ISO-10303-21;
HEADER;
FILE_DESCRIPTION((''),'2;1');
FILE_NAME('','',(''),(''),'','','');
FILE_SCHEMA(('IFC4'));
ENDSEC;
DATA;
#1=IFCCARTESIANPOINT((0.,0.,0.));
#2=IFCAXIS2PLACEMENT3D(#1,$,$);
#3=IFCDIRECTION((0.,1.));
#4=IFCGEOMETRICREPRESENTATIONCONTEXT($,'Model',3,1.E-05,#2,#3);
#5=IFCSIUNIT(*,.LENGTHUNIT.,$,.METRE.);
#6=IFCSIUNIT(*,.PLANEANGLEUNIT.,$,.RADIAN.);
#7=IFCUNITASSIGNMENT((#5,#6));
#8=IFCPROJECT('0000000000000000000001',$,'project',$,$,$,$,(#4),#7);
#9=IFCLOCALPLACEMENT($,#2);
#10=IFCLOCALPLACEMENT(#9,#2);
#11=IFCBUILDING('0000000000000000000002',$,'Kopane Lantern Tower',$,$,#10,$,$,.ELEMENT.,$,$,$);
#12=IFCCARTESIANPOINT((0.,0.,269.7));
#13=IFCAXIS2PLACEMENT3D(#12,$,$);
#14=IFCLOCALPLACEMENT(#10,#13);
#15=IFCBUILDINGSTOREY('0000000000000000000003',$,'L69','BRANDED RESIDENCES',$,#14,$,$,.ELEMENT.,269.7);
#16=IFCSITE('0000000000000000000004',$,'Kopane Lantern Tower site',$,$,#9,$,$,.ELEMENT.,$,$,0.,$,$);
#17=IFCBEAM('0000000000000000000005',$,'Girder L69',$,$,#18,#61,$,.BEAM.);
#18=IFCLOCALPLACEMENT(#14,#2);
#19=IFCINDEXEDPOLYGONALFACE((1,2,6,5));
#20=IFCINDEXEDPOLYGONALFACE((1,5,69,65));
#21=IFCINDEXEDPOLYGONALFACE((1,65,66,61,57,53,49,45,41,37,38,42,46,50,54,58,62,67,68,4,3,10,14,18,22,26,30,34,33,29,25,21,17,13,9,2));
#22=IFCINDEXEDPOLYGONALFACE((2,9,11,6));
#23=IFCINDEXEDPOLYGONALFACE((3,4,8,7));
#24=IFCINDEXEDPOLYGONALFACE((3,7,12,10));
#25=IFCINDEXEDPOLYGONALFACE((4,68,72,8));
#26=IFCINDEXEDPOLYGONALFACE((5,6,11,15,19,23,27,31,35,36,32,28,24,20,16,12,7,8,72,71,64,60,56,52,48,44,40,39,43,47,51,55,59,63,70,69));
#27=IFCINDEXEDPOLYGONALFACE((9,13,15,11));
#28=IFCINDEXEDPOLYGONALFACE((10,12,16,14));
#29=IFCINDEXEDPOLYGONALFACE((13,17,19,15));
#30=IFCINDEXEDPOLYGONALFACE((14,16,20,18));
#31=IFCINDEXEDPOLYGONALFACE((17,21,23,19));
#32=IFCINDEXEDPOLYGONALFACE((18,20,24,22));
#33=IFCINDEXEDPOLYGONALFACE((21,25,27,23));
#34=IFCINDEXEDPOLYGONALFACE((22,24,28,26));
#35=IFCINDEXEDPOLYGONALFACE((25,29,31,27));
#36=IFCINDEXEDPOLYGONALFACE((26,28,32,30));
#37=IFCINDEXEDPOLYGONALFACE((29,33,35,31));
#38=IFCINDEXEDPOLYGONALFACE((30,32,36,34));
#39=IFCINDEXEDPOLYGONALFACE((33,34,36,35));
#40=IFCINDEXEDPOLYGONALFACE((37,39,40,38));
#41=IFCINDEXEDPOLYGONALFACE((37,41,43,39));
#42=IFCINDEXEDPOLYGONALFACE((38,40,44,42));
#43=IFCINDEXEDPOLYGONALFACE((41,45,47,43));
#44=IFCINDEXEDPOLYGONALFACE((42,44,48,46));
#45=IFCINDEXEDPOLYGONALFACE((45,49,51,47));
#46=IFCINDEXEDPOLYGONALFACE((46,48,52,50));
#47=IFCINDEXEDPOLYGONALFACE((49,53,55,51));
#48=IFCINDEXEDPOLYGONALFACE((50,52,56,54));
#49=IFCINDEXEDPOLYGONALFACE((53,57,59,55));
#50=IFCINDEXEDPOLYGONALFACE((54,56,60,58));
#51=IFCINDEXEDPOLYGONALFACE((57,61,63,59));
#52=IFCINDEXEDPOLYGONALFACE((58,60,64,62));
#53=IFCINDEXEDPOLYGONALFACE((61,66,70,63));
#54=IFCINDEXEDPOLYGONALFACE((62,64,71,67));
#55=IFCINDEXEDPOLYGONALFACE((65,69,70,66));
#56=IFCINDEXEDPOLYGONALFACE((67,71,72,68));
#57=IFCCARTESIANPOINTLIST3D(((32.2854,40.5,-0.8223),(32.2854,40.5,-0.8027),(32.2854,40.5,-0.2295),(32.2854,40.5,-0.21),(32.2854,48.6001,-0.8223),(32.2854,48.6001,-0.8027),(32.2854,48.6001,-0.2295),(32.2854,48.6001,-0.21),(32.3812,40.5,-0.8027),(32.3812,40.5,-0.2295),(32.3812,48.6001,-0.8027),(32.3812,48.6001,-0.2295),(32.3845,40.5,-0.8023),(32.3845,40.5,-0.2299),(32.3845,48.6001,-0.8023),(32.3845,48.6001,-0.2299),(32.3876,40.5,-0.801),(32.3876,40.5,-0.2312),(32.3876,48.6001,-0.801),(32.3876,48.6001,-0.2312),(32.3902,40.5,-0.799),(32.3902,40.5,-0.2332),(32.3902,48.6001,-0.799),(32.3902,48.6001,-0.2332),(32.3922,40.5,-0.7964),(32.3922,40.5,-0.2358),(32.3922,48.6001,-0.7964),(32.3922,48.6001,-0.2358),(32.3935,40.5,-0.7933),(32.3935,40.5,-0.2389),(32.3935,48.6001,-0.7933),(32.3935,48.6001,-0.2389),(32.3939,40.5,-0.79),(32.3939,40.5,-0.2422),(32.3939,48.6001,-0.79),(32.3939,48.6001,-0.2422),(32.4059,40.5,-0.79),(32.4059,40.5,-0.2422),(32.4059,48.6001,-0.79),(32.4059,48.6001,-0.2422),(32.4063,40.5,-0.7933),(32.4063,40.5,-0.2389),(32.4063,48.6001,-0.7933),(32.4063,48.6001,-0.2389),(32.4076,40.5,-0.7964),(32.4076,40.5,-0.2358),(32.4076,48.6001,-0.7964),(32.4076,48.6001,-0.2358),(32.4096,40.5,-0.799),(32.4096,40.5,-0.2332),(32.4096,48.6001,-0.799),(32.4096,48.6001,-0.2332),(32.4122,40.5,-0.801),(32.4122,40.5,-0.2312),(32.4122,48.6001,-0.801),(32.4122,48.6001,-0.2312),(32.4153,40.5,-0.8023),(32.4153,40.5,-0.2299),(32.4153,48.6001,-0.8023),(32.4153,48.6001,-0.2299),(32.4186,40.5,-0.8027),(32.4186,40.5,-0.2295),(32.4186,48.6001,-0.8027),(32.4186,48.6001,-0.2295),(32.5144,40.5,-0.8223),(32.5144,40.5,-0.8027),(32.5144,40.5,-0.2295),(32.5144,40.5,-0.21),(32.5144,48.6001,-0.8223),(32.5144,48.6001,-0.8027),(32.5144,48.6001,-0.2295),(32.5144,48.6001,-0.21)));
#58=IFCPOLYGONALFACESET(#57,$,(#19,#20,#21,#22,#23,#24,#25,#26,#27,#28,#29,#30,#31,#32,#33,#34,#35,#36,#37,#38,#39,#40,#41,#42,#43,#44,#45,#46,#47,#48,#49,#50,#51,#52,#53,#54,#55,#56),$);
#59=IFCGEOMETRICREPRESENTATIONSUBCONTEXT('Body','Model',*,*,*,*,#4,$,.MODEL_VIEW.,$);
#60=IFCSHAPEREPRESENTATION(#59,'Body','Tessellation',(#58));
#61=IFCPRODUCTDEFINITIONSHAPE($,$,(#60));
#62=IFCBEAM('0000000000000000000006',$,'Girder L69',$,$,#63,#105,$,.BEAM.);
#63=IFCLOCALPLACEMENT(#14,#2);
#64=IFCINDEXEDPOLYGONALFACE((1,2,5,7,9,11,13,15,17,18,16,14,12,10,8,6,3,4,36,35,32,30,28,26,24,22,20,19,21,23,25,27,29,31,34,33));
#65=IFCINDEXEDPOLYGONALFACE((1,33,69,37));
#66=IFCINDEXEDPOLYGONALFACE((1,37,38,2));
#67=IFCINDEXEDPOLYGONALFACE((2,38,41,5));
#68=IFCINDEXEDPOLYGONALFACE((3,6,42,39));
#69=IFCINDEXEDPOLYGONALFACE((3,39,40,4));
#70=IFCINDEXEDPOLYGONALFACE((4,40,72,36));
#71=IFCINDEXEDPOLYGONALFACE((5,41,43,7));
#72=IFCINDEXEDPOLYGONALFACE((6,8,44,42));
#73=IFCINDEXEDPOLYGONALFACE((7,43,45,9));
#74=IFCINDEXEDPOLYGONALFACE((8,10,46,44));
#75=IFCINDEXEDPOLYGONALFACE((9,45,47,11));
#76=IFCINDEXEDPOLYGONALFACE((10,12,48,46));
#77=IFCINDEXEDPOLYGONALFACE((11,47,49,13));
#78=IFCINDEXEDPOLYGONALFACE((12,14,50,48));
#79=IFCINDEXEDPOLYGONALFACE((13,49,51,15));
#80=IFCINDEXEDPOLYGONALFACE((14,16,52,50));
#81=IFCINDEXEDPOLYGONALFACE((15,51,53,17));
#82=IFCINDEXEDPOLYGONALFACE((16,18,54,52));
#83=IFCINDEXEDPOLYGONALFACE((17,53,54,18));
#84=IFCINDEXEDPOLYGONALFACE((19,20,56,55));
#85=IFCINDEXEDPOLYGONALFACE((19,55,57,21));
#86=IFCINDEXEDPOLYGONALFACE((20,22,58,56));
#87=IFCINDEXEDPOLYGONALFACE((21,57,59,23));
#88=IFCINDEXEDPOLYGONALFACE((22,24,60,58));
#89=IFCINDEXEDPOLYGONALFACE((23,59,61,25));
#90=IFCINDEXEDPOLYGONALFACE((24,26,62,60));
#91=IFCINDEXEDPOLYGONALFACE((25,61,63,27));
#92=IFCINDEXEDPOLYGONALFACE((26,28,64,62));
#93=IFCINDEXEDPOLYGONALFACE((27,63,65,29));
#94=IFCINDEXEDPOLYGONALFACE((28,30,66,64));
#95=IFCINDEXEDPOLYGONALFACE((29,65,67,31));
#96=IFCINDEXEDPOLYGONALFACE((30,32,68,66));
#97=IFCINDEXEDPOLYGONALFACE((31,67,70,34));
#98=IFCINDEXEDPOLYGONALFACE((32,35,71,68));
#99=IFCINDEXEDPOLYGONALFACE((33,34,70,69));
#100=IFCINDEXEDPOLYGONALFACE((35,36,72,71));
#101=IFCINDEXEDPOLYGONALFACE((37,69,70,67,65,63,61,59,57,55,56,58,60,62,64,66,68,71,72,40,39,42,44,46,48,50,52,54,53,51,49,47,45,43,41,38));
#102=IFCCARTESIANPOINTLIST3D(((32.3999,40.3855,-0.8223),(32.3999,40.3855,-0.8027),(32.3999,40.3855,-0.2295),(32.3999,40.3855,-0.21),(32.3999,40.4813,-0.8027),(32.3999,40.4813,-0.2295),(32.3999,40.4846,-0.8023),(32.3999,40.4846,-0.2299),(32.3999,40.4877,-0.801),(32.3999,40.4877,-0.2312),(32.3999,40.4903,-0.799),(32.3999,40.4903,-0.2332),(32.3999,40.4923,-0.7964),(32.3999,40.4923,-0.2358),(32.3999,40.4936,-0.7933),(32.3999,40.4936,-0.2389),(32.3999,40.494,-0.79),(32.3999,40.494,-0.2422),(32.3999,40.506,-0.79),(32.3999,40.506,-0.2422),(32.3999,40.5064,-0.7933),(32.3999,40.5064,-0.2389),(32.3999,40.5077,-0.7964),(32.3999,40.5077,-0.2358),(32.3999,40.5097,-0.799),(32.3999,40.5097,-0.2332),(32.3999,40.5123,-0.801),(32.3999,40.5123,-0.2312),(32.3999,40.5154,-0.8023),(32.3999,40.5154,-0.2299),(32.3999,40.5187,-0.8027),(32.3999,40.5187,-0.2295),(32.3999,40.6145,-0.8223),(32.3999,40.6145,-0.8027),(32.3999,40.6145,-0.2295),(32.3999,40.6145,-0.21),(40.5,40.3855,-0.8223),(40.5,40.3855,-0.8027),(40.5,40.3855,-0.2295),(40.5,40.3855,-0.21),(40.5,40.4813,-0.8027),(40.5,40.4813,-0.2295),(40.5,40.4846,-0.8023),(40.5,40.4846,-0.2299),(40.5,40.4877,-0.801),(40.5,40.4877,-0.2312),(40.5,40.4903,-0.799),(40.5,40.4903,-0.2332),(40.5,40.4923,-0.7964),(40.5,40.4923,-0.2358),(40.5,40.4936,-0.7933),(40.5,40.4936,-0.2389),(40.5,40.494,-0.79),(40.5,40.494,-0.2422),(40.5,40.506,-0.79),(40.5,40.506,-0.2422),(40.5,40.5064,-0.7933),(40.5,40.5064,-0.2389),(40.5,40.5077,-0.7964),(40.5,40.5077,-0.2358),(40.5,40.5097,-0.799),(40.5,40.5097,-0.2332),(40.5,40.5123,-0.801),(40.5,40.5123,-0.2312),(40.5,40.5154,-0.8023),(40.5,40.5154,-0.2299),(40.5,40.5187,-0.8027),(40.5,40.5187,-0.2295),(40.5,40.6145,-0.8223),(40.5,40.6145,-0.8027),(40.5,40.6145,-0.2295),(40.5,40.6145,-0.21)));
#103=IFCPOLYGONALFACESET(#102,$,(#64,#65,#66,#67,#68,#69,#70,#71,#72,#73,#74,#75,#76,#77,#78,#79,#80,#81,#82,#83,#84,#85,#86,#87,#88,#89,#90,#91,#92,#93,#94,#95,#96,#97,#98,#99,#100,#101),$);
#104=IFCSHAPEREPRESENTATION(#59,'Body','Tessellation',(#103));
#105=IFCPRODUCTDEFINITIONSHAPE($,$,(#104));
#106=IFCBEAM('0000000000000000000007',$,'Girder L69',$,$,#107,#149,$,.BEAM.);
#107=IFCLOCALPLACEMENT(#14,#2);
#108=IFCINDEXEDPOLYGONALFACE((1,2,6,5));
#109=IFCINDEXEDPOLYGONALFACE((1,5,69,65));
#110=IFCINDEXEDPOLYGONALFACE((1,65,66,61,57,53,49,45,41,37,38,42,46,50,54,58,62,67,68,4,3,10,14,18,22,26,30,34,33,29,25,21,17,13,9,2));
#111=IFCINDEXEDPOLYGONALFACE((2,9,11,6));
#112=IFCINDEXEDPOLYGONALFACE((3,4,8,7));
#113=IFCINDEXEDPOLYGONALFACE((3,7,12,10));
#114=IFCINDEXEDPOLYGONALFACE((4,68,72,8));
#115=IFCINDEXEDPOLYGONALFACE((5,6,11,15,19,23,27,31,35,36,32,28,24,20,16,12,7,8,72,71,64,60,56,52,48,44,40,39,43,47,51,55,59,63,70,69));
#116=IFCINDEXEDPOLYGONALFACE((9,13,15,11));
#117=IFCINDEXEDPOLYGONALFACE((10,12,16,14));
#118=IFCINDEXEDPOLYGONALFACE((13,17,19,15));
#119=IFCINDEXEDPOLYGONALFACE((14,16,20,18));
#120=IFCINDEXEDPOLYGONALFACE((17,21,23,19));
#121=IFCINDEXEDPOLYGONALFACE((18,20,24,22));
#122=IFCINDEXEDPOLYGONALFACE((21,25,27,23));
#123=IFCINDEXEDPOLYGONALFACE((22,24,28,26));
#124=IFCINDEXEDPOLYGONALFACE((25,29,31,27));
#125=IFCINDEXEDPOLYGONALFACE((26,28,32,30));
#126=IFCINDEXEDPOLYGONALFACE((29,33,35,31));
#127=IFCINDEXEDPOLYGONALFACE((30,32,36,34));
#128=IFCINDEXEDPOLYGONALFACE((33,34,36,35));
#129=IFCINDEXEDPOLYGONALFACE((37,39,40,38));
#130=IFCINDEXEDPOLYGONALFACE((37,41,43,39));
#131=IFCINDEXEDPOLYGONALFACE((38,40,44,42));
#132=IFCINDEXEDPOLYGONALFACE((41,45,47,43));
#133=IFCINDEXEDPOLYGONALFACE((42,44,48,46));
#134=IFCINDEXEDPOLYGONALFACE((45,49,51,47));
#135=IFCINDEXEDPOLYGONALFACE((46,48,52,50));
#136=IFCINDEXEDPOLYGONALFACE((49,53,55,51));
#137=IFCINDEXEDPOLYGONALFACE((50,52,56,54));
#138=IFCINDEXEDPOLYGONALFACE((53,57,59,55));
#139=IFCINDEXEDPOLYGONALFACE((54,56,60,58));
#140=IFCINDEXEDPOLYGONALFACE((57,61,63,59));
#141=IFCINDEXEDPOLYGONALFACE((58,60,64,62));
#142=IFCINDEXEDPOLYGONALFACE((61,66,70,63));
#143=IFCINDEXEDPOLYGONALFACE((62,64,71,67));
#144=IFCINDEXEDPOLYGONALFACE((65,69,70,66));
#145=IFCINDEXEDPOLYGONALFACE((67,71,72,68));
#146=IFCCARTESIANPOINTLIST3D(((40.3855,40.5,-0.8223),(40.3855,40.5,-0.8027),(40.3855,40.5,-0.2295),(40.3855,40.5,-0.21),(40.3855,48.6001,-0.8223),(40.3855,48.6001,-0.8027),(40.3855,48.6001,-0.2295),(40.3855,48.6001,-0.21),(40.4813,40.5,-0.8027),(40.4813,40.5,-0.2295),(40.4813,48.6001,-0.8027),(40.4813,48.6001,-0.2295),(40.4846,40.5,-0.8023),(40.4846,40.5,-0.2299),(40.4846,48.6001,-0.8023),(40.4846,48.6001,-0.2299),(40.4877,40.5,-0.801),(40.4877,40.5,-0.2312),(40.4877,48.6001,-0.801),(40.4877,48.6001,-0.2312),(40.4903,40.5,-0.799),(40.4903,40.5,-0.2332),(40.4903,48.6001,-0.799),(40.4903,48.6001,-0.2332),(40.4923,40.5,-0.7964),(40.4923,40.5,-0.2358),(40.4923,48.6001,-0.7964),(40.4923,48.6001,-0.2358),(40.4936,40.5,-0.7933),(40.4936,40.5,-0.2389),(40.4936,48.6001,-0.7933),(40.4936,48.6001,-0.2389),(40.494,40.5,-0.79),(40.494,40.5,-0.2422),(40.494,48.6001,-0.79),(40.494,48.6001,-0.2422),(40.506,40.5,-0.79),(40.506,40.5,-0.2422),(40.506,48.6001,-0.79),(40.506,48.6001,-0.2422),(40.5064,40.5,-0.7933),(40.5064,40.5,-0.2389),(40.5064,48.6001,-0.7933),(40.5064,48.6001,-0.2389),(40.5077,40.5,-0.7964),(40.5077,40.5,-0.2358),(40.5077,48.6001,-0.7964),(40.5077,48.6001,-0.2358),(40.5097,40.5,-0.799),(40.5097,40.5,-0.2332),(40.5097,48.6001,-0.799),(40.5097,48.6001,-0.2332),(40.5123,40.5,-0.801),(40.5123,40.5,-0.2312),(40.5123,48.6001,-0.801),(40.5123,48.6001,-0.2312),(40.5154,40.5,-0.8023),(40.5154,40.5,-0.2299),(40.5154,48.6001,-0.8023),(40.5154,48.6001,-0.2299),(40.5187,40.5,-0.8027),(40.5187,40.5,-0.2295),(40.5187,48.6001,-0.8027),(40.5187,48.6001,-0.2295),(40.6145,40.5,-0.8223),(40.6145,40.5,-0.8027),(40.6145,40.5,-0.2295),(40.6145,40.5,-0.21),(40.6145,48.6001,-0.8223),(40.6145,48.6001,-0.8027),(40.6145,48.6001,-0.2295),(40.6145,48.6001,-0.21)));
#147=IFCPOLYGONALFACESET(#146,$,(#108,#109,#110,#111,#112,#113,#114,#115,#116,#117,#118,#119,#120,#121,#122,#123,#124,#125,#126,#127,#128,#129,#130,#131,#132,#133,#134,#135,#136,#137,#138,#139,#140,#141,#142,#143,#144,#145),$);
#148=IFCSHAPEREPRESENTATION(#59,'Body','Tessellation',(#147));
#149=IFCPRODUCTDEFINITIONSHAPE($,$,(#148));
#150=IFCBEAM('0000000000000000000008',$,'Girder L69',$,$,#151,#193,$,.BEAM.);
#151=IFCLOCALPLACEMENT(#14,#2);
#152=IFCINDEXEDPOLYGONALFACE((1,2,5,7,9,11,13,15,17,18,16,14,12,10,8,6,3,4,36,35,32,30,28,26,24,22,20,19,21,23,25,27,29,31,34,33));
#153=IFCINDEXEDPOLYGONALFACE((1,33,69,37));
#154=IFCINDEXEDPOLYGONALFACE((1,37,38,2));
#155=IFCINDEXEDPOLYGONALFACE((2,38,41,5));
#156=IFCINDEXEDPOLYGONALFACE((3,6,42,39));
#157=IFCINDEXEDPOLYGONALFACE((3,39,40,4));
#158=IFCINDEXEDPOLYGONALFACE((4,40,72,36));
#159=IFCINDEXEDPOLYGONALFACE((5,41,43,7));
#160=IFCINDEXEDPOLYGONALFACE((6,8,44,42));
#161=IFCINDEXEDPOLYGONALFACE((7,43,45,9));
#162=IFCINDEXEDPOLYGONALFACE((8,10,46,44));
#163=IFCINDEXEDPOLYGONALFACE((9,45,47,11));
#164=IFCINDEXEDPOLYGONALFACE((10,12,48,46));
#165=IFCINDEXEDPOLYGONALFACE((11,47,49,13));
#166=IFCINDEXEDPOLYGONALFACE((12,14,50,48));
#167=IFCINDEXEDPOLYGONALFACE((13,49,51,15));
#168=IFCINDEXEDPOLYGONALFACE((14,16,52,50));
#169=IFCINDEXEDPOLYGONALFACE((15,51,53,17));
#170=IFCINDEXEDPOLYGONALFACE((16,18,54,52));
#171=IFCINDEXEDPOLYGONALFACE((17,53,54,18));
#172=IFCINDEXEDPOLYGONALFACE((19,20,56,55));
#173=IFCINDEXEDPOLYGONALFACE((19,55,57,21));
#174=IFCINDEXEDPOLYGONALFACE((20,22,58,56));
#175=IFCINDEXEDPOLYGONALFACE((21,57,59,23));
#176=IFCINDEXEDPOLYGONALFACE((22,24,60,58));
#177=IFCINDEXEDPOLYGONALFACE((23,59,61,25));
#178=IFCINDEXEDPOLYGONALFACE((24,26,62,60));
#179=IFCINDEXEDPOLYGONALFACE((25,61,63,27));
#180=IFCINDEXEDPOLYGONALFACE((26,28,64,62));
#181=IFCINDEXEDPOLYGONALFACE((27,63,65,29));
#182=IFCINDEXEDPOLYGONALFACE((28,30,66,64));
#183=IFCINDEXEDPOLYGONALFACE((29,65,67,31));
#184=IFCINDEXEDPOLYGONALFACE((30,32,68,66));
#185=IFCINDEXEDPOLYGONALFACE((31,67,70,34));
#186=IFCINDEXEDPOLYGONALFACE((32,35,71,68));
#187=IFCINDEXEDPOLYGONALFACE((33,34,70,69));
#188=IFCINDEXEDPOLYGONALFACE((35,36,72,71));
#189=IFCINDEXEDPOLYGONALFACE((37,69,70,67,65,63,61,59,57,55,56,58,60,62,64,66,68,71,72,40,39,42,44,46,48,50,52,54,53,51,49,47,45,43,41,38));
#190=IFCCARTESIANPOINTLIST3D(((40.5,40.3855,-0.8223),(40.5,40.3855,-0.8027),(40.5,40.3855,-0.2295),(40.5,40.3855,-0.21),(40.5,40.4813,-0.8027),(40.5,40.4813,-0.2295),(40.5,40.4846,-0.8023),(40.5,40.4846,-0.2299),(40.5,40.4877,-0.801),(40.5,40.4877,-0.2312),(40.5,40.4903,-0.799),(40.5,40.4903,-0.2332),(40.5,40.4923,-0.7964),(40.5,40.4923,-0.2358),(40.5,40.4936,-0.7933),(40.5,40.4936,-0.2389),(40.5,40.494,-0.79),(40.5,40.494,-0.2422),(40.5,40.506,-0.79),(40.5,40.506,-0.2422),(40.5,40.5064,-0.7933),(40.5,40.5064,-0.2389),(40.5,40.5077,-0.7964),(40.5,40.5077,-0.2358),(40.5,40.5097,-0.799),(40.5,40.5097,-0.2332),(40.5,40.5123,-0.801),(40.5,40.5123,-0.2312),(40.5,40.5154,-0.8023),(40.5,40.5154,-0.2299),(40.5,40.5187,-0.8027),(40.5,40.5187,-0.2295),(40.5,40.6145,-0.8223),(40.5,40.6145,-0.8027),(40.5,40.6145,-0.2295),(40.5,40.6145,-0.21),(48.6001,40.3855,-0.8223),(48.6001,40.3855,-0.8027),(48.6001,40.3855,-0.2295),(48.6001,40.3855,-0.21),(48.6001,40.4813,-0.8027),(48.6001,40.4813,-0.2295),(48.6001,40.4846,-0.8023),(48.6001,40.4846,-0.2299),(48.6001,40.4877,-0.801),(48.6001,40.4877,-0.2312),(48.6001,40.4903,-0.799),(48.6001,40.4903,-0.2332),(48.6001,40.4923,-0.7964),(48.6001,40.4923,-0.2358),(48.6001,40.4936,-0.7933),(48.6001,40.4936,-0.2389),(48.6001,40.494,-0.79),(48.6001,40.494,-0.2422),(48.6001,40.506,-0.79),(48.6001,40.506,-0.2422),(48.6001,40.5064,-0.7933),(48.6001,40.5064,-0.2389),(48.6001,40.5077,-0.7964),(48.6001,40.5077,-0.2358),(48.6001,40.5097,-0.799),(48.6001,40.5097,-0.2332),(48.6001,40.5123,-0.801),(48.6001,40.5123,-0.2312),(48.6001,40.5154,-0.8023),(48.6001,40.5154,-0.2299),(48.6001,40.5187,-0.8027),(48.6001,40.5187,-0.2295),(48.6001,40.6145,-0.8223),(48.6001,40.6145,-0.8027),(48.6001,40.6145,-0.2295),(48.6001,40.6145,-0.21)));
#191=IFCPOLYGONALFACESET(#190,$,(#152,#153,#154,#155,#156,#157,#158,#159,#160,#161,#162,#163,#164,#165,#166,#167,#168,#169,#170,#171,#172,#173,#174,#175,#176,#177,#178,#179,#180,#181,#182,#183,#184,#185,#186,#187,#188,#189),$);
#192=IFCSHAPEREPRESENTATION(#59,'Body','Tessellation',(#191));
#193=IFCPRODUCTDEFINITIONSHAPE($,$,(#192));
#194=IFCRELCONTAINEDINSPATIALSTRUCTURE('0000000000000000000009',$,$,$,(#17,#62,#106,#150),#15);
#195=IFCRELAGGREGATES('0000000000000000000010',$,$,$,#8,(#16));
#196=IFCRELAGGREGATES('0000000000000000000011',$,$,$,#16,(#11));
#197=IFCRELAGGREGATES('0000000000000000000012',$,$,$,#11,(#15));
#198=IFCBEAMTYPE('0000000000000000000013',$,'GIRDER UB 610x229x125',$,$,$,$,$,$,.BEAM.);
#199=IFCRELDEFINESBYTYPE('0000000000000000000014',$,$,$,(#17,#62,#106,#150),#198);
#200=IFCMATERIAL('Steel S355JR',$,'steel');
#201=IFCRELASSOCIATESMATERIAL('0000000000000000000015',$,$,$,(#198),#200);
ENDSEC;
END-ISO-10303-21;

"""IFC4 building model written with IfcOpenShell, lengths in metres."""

from ifc_helpers import new_model, si_unit, direction, frame, origin, origin_2d, place, context, subcontext, project, spatial, i_section, extrude, material, material_profile, profile_set, type_object, element, save


model = new_model("IFC4")

# Units and contexts
model_context = context("Model", 3, precision=1e-05, world=origin(), true_north=direction((0.0, 1.0)))
body_context = subcontext(model_context, "Body", "Model", "MODEL_VIEW")
ifc_project = project(units=[si_unit("LENGTHUNIT", "METRE"), si_unit("PLANEANGLEUNIT", "RADIAN")], contexts=[model_context])

# Site, building, storey
site_placement = place(None, origin())
site = spatial("IfcSite", under=ifc_project, at=site_placement, Name="Kopane Lantern Tower site", CompositionType="ELEMENT", RefElevation=0.0)
building_placement = place(site_placement, origin())
building = spatial("IfcBuilding", under=site, at=building_placement, Name="Kopane Lantern Tower", CompositionType="ELEMENT")
storey_placement = place(building_placement, frame((0.0, 0.0, 269.7)))
storey = spatial("IfcBuildingStorey", under=building, at=storey_placement, Name="L69", Description="BRANDED RESIDENCES", CompositionType="ELEMENT", Elevation=269.7)

# Beams
ifc_material_1 = material(Name="Steel S355JR", Category="steel")
ifc_material_profile_1 = material_profile(ifc_material_1, i_section(OverallWidth=0.229, OverallDepth=0.6123, WebThickness=0.012, FlangeThickness=0.0195, FilletRadius=0.0127, at=origin_2d()), Name="UB 610x229x125")
ifc_profile_set_1 = profile_set([ifc_material_profile_1], Name="Steel S355JR")
beam_type = type_object("IfcBeamType", Name="GIRDER UB 610x229x125", PredefinedType="BEAM", material=ifc_profile_set_1)
for number, where, z_axis, x_axis, name in (
    (1, (32.3999, 40.5, -0.5161), (0.0, 1.0, 0.0), (-1.0, 0.0, 0.0), "Girder L69"),
    (2, (32.3999, 40.5, -0.5161), (1.0, 0.0, 0.0), (0.0, 1.0, 0.0), "Girder L69"),
    (3, (40.5, 40.5, -0.5161), (0.0, 1.0, 0.0), (-1.0, 0.0, 0.0), "Girder L69"),
    (4, (40.5, 40.5, -0.5161), (1.0, 0.0, 0.0), (0.0, 1.0, 0.0), "Girder L69"),
):
    element("IfcBeam", number, at=place(storey_placement, frame(where, z_axis=z_axis, x_axis=x_axis)), inside=storey, type_object=beam_type, Name=name, PredefinedType="BEAM", context=body_context, shape_type="SweptSolid", body=[
        extrude(i_section(OverallWidth=0.229, OverallDepth=0.6123, WebThickness=0.012, FlangeThickness=0.0195, FilletRadius=0.0127, at=origin_2d()), origin(), (0.0, 0.0, 1.0), 8.1001),
    ])

save(model, "model.ifc")
